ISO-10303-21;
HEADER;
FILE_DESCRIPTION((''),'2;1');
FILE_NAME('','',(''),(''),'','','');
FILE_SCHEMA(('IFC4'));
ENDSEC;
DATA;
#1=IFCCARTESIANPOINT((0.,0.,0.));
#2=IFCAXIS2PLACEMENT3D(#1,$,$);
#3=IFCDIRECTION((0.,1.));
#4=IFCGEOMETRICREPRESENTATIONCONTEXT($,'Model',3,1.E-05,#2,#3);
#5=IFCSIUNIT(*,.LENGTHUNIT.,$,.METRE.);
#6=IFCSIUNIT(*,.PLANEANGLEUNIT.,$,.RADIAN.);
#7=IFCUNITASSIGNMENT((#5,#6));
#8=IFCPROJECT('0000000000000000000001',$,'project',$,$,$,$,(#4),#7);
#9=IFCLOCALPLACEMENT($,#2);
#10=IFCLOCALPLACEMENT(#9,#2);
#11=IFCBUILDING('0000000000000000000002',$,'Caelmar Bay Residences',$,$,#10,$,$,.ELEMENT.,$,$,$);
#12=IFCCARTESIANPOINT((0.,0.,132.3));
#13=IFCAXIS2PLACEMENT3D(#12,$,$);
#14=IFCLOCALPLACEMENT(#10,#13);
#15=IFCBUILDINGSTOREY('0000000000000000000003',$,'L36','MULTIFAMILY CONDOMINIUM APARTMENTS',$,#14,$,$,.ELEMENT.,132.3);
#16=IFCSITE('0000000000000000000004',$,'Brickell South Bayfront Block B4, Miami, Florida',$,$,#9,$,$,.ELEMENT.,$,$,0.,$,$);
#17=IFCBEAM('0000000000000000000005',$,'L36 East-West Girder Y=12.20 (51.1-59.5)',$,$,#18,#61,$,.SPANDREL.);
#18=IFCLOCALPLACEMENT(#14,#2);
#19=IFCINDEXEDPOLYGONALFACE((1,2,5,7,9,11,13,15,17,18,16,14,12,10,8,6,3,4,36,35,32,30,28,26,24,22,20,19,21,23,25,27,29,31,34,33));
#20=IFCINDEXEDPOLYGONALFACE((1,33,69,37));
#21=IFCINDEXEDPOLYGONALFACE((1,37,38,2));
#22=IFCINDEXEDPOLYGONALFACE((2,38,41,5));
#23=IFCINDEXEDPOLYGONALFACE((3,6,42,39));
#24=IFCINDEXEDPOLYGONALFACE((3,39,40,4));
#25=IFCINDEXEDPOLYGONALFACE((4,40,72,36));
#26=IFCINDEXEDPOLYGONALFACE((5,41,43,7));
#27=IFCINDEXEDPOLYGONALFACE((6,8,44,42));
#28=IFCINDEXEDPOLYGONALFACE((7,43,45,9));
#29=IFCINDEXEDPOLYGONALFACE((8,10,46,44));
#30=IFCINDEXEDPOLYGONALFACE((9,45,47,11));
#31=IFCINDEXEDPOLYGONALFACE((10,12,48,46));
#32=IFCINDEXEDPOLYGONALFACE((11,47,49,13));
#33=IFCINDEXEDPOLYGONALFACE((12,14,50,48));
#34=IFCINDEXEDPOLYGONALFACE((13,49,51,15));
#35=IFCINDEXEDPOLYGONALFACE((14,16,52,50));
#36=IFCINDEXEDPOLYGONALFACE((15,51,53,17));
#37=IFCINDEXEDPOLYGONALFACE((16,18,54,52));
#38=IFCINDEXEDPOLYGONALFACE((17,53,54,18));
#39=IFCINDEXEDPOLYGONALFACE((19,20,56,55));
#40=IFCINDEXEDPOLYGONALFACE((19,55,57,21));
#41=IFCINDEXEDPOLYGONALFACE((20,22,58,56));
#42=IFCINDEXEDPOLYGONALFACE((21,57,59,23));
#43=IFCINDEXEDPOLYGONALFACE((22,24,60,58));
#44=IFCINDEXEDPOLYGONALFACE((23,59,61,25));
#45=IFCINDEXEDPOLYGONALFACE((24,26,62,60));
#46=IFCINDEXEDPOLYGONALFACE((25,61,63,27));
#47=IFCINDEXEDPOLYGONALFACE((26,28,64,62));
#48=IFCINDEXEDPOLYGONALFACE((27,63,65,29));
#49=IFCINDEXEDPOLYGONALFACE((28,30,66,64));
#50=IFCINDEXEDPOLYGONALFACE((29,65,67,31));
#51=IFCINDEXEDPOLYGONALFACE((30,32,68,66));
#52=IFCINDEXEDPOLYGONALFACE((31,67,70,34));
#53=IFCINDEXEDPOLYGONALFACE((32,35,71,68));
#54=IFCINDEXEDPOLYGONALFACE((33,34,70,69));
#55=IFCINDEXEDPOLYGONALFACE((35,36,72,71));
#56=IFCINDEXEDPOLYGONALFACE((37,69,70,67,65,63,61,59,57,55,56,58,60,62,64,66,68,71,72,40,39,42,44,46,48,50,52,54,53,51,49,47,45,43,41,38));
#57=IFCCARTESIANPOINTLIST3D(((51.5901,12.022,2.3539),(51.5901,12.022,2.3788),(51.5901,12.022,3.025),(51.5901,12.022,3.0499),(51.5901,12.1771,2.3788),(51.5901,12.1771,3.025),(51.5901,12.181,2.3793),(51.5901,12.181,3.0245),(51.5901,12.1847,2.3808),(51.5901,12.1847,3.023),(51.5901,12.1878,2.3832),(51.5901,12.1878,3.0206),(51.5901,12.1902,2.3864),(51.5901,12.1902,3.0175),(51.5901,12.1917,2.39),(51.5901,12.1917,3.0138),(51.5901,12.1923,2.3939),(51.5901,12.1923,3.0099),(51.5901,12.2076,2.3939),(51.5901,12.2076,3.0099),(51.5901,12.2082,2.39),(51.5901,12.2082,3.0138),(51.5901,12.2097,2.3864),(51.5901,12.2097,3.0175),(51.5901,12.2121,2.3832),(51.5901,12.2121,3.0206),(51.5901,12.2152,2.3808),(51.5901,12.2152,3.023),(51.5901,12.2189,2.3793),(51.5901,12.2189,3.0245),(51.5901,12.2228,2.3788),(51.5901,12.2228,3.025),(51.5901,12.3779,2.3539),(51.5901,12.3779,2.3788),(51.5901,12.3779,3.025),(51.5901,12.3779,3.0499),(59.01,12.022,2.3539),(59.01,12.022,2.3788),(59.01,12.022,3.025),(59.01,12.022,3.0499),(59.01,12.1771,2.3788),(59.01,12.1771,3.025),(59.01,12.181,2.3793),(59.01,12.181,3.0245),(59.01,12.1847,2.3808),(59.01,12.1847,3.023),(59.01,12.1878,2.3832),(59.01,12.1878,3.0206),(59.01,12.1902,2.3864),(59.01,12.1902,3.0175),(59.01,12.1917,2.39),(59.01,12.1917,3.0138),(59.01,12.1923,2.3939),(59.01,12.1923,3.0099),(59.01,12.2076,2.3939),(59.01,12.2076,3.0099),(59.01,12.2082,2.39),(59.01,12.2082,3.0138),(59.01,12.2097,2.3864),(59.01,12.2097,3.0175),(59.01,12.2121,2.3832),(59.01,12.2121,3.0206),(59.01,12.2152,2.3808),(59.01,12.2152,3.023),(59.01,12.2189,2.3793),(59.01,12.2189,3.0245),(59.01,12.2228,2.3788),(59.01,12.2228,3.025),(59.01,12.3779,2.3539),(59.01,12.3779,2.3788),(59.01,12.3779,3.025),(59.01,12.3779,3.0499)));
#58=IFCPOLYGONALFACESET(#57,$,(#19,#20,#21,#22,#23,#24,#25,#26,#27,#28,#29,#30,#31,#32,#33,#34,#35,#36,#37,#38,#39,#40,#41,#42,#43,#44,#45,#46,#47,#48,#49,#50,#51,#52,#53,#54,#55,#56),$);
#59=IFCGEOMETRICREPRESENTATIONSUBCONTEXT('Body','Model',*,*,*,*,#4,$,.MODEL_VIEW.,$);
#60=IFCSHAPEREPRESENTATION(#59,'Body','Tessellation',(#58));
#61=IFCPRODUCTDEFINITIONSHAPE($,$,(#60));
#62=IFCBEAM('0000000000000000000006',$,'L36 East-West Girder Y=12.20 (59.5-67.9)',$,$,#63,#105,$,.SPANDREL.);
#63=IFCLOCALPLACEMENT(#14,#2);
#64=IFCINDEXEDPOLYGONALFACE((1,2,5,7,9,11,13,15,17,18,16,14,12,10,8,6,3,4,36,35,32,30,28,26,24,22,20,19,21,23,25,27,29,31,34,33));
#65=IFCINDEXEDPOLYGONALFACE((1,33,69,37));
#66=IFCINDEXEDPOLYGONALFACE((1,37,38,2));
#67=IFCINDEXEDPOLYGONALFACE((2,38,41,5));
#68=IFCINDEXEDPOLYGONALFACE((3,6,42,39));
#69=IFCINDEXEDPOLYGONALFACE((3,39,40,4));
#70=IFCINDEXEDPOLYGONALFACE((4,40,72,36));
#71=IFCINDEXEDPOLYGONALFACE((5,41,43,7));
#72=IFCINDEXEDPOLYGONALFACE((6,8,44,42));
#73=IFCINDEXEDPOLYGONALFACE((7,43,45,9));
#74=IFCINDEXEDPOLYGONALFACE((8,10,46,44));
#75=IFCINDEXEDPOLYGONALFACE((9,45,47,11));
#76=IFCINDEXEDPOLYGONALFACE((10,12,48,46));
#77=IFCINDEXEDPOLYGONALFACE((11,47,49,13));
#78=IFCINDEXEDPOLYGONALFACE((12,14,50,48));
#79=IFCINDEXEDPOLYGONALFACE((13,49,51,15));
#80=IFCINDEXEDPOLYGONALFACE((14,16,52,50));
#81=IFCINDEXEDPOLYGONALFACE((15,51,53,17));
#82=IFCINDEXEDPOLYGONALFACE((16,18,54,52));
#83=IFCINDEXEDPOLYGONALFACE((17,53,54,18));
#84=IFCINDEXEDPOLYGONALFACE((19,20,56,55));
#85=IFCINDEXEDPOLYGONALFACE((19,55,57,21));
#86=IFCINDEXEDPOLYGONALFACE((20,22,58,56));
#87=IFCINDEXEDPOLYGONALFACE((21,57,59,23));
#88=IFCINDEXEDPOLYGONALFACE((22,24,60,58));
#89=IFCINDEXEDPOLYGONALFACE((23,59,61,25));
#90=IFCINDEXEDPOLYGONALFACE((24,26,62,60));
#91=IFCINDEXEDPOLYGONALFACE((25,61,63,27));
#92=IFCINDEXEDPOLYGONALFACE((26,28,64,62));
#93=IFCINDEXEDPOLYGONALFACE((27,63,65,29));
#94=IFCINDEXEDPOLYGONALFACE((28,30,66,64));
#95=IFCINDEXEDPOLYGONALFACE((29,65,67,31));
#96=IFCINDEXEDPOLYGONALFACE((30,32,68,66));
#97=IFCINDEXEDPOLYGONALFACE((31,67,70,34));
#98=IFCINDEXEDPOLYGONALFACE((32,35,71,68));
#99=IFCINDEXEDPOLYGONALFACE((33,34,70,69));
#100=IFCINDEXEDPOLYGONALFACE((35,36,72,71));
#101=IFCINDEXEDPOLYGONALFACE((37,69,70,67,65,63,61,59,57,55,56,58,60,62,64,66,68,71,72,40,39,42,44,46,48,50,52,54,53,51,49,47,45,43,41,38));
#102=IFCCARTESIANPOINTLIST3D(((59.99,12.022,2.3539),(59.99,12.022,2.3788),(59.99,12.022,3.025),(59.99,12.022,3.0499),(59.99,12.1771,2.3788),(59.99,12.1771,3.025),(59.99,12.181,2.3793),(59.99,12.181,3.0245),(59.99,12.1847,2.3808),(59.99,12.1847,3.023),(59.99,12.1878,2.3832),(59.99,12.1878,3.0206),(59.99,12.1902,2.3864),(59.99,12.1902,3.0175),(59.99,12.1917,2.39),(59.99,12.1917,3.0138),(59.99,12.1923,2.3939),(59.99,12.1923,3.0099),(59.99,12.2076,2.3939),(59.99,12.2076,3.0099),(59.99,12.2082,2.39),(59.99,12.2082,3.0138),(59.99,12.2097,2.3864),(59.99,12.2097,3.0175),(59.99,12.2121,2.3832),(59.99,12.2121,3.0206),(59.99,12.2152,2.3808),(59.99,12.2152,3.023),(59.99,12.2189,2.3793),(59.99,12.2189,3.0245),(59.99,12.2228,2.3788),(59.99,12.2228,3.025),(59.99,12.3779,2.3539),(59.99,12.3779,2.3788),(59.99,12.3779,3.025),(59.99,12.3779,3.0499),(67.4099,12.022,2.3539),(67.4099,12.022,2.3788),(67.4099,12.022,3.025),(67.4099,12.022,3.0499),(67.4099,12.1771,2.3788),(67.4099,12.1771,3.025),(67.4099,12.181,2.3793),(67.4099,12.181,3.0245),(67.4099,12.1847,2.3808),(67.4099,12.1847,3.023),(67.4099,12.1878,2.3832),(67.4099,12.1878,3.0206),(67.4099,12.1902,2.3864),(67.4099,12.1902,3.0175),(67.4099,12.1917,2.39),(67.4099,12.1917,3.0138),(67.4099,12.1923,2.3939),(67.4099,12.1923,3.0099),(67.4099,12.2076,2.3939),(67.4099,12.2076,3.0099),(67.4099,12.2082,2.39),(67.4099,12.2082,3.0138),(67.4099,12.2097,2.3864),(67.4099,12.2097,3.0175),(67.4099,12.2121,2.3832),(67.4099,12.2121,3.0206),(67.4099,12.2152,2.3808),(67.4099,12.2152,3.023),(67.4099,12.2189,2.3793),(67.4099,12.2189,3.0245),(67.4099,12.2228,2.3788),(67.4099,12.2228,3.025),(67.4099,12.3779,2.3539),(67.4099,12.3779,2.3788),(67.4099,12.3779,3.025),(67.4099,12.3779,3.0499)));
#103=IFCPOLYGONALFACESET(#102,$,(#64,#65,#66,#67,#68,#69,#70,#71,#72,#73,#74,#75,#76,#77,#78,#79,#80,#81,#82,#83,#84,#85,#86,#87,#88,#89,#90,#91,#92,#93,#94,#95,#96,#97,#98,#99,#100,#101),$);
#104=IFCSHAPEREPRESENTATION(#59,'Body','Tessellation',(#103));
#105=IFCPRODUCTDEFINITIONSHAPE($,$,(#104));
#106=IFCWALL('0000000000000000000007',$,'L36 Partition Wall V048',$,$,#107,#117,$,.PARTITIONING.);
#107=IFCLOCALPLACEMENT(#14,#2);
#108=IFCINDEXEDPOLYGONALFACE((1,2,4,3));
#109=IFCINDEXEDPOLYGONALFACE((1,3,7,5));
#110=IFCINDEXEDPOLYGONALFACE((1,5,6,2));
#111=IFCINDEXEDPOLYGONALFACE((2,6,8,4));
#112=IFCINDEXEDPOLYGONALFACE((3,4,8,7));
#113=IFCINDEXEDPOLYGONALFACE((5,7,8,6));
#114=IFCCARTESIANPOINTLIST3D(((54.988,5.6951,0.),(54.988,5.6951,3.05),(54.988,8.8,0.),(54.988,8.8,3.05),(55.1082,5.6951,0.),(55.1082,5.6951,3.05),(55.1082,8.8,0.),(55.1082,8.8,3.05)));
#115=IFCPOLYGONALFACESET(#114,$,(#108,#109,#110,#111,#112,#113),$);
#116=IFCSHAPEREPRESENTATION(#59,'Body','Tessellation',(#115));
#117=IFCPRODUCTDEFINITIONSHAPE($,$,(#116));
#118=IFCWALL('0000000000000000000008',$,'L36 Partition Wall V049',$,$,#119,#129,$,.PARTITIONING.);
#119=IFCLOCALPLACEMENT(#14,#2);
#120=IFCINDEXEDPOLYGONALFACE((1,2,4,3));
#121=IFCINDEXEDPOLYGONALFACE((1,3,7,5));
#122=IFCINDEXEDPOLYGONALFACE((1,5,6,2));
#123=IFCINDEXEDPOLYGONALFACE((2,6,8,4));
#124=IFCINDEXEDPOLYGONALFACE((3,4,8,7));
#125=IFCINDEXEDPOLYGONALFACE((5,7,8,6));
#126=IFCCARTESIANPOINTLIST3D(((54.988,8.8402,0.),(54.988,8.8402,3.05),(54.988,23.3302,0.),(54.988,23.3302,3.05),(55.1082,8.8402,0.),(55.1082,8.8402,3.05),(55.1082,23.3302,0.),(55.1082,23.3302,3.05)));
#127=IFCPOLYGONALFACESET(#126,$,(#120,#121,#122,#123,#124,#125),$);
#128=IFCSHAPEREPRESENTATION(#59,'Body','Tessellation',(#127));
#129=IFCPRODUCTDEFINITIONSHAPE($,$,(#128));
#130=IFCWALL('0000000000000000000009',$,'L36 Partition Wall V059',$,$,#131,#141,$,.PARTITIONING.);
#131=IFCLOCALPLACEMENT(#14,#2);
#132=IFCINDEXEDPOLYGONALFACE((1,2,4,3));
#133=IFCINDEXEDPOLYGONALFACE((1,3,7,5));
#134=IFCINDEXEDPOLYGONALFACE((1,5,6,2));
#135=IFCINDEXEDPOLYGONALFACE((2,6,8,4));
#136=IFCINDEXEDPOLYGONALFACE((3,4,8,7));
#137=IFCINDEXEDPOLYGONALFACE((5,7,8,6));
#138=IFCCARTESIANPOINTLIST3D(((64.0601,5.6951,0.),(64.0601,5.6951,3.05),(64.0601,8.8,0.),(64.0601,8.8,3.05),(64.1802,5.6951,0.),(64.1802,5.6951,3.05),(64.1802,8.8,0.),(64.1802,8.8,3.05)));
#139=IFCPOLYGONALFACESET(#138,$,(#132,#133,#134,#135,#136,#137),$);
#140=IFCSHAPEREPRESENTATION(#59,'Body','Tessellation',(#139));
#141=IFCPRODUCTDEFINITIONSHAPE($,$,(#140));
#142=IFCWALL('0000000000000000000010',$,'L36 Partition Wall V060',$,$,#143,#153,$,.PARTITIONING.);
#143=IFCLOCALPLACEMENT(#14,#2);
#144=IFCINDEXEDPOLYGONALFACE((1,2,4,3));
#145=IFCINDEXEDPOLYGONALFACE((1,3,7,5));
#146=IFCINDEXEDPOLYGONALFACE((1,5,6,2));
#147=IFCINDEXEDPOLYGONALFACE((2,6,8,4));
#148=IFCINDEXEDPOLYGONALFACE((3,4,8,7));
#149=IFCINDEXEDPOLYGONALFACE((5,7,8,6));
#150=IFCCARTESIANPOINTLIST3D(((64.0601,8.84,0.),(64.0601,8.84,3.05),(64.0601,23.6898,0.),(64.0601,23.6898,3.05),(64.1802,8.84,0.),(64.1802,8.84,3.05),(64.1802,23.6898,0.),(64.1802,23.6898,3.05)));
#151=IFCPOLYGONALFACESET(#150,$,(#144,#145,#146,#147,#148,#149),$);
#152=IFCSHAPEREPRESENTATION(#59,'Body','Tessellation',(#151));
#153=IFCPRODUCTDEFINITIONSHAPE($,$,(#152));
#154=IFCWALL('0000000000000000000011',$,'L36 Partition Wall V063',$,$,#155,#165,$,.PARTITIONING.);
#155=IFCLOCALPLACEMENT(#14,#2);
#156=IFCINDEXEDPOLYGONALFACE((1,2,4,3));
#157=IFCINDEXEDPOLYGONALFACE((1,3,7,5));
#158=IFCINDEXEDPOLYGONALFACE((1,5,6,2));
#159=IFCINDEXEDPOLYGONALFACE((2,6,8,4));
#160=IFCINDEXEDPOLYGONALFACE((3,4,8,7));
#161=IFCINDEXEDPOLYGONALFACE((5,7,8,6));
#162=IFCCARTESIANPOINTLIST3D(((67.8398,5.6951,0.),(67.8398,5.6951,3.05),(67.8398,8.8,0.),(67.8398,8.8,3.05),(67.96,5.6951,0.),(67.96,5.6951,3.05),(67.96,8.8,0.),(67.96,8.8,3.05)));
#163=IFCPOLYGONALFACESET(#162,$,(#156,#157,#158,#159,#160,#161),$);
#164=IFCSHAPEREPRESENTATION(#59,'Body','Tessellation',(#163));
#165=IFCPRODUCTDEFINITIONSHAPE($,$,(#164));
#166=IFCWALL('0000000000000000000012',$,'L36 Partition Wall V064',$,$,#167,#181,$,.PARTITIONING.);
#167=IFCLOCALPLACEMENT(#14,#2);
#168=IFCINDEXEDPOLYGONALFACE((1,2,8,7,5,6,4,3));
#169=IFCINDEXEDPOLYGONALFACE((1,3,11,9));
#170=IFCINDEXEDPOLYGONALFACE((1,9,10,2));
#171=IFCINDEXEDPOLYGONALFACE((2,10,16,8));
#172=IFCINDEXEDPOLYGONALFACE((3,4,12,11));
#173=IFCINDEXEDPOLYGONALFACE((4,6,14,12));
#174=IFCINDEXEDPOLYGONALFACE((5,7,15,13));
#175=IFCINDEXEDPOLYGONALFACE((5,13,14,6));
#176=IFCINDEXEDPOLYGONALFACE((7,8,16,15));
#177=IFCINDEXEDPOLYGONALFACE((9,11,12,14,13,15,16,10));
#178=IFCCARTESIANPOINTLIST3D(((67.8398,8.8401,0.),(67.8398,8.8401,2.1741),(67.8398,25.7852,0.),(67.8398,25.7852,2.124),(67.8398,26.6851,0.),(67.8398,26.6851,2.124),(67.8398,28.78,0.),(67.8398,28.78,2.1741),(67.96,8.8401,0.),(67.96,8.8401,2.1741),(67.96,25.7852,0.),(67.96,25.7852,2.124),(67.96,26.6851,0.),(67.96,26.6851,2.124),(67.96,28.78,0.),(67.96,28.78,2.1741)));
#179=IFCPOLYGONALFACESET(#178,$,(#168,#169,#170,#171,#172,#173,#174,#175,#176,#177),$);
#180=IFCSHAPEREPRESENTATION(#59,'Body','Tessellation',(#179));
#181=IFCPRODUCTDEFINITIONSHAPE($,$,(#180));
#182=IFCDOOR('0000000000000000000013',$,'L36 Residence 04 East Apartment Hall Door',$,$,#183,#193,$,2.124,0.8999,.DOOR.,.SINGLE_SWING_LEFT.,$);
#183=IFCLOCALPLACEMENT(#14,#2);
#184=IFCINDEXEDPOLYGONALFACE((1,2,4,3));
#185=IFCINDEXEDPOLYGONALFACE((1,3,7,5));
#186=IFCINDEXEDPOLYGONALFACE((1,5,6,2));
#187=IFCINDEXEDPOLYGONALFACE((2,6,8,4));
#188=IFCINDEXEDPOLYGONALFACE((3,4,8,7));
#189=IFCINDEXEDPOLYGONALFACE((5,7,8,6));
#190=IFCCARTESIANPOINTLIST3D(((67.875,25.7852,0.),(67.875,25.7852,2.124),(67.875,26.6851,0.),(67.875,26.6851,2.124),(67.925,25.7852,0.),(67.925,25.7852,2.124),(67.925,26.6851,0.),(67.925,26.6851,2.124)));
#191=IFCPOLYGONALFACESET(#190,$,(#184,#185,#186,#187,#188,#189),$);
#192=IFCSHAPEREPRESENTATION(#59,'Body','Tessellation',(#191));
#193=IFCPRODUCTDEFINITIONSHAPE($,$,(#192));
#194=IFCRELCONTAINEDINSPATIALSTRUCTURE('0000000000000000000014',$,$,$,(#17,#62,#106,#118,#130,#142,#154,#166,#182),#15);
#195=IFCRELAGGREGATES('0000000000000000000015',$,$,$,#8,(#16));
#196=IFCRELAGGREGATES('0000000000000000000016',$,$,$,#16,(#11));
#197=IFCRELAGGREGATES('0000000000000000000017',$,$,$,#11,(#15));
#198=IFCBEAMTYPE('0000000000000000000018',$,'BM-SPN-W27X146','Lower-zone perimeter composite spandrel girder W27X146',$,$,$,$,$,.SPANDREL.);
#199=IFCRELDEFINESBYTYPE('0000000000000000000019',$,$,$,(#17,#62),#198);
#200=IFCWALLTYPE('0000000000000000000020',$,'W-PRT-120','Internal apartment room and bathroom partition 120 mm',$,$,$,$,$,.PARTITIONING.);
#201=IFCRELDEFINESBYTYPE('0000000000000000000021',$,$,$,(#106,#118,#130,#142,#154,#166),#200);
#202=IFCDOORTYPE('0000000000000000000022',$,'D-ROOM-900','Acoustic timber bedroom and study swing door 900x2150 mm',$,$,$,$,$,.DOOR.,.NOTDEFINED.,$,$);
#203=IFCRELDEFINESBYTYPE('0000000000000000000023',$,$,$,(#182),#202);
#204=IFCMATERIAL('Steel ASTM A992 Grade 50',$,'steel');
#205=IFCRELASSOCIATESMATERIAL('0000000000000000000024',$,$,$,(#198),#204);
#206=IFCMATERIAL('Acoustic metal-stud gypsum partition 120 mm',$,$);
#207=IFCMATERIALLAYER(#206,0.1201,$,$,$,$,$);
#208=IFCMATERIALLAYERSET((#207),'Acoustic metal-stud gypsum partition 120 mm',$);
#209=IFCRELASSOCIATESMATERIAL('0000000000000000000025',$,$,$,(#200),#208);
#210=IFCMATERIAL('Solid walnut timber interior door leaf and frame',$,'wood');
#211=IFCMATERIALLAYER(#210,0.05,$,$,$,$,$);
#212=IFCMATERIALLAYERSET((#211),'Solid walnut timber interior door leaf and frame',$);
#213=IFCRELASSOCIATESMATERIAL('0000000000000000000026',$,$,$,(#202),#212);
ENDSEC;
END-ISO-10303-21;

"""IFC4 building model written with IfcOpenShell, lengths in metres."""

from ifc_helpers import new_model, si_unit, direction, frame, frame_2d, origin, origin_2d, place, context, subcontext, project, spatial, rectangle, i_section, extrude, material, layer, layer_set, material_profile, profile_set, type_object, element, fill, save


model = new_model("IFC4")

# Units and contexts
model_context = context("Model", 3, precision=1e-05, world=origin(), true_north=direction((0.0, 1.0)))
body_context = subcontext(model_context, "Body", "Model", "MODEL_VIEW")
ifc_project = project(units=[si_unit("LENGTHUNIT", "METRE"), si_unit("PLANEANGLEUNIT", "RADIAN")], contexts=[model_context])

# Site, building, storey
site_placement = place(None, origin())
site = spatial("IfcSite", under=ifc_project, at=site_placement, Name="Brickell South Bayfront Block B4, Miami, Florida", CompositionType="ELEMENT", RefElevation=0.0)
building_placement = place(site_placement, origin())
building = spatial("IfcBuilding", under=site, at=building_placement, Name="Caelmar Bay Residences", CompositionType="ELEMENT")
storey_placement = place(building_placement, frame((0.0, 0.0, 132.3)))
storey = spatial("IfcBuildingStorey", under=building, at=storey_placement, Name="L36", Description="MULTIFAMILY CONDOMINIUM APARTMENTS", CompositionType="ELEMENT", Elevation=132.3)

# Beams
ifc_material_1 = material(Name="Steel ASTM A992 Grade 50", Category="steel")
ifc_material_profile_1 = material_profile(ifc_material_1, i_section(OverallWidth=0.356, OverallDepth=0.696, WebThickness=0.0154, FlangeThickness=0.0249, FilletRadius=0.0151, at=origin_2d()), Name="W27X146")
ifc_profile_set_1 = profile_set([ifc_material_profile_1], Name="Steel ASTM A992 Grade 50")
beam_type_1 = type_object("IfcBeamType", Name="BM-SPN-W27X146", Description="Lower-zone perimeter composite spandrel girder W27X146", PredefinedType="SPANDREL", material=ifc_profile_set_1)
for number, where, z_axis, x_axis, name in (
    (1, (51.5901, 12.2, 2.7019), (1.0, 0.0, 0.0), (0.0, 1.0, 0.0), "L36 East-West Girder Y=12.20 (51.1-59.5)"),
    (2, (59.99, 12.2, 2.7019), (1.0, 0.0, 0.0), (0.0, 1.0, 0.0), "L36 East-West Girder Y=12.20 (59.5-67.9)"),
):
    element("IfcBeam", number, at=place(storey_placement, frame(where, z_axis=z_axis, x_axis=x_axis)), inside=storey, type_object=beam_type_1, Name=name, PredefinedType="SPANDREL", context=body_context, shape_type="SweptSolid", body=[
        extrude(i_section(OverallWidth=0.356, OverallDepth=0.696, WebThickness=0.0154, FlangeThickness=0.0249, FilletRadius=0.0151, at=origin_2d()), origin(), (0.0, 0.0, 1.0), 7.4199),
    ])

# Walls
ifc_material_2 = material(Name="Acoustic metal-stud gypsum partition 120 mm")
ifc_layer_1 = layer(ifc_material_2, 0.1201)
ifc_layer_set_1 = layer_set([ifc_layer_1], Name="Acoustic metal-stud gypsum partition 120 mm")
wall_type_1 = type_object("IfcWallType", Name="W-PRT-120", Description="Internal apartment room and bathroom partition 120 mm", PredefinedType="PARTITIONING", material=ifc_layer_set_1)
wall_1_placement = place(storey_placement, frame((55.0481, 5.6951, 0.0), z_axis=(0.0, 0.0, 1.0), x_axis=(0.0, 1.0, 0.0)))
element("IfcWall", 3, at=wall_1_placement, inside=storey, type_object=wall_type_1, Name="L36 Partition Wall V048", PredefinedType="PARTITIONING", context=body_context, shape_type="SweptSolid", body=[
    extrude(rectangle(XDim=3.105, YDim=0.1201, at=frame_2d((1.5525, 0.0))), origin(), (0.0, 0.0, 1.0), 3.05),
])
wall_2_placement = place(storey_placement, frame((55.0481, 8.8401, 0.0), z_axis=(0.0, 0.0, 1.0), x_axis=(0.0, 1.0, 0.0)))
element("IfcWall", 4, at=wall_2_placement, inside=storey, type_object=wall_type_1, Name="L36 Partition Wall V049", PredefinedType="PARTITIONING", context=body_context, shape_type="SweptSolid", body=[
    extrude(rectangle(XDim=14.49, YDim=0.1201, at=frame_2d((7.2451, 0.0))), origin(), (0.0, 0.0, 1.0), 3.05),
])
wall_3_placement = place(storey_placement, frame((64.1201, 5.6951, 0.0), z_axis=(0.0, 0.0, 1.0), x_axis=(0.0, 1.0, 0.0)))
element("IfcWall", 5, at=wall_3_placement, inside=storey, type_object=wall_type_1, Name="L36 Partition Wall V059", PredefinedType="PARTITIONING", context=body_context, shape_type="SweptSolid", body=[
    extrude(rectangle(XDim=3.105, YDim=0.1201, at=frame_2d((1.5525, 0.0))), origin(), (0.0, 0.0, 1.0), 3.05),
])
wall_4_placement = place(storey_placement, frame((64.1201, 8.8401, 0.0), z_axis=(0.0, 0.0, 1.0), x_axis=(0.0, 1.0, 0.0)))
element("IfcWall", 6, at=wall_4_placement, inside=storey, type_object=wall_type_1, Name="L36 Partition Wall V060", PredefinedType="PARTITIONING", context=body_context, shape_type="SweptSolid", body=[
    extrude(rectangle(XDim=14.8499, YDim=0.1201, at=frame_2d((7.4248, 0.0))), origin(), (0.0, 0.0, 1.0), 3.05),
])
wall_5_placement = place(storey_placement, frame((67.8999, 5.6951, 0.0), z_axis=(0.0, 0.0, 1.0), x_axis=(0.0, 1.0, 0.0)))
element("IfcWall", 7, at=wall_5_placement, inside=storey, type_object=wall_type_1, Name="L36 Partition Wall V063", PredefinedType="PARTITIONING", context=body_context, shape_type="SweptSolid", body=[
    extrude(rectangle(XDim=3.105, YDim=0.1201, at=frame_2d((1.5525, 0.0))), origin(), (0.0, 0.0, 1.0), 3.05),
])

# Wall, opening, door
wall_6_placement = place(storey_placement, frame((67.8999, 8.8401, 0.0), z_axis=(0.0, 0.0, 1.0), x_axis=(0.0, 1.0, 0.0)))
wall_6 = element("IfcWall", 8, at=wall_6_placement, inside=storey, type_object=wall_type_1, Name="L36 Partition Wall V064", PredefinedType="PARTITIONING", context=body_context, shape_type="SweptSolid", body=[
    extrude(rectangle(XDim=19.9399, YDim=0.1201, at=frame_2d((9.97, 0.0))), origin(), (0.0, 0.0, 1.0), 2.1741),
])
opening_1_placement = place(wall_6_placement, frame((16.9451, 0.0, 0.0)))
opening_1 = element("IfcOpeningElement", 9, at=opening_1_placement, cuts=wall_6, PredefinedType="OPENING", context=body_context, shape_type="SweptSolid", body=[
    extrude(rectangle(XDim=0.8999, YDim=2.124, at=frame_2d((0.45, 1.062))), frame((0.0, 0.0701, 0.0), z_axis=(0.0, -1.0, 0.0), x_axis=(1.0, 0.0, 0.0)), (0.0, 0.0, 1.0), 0.1401),
])
ifc_material_3 = material(Name="Solid walnut timber interior door leaf and frame", Category="wood")
ifc_layer_2 = layer(ifc_material_3, 0.05)
ifc_layer_set_2 = layer_set([ifc_layer_2], Name="Solid walnut timber interior door leaf and frame")
door_type = type_object("IfcDoorType", Name="D-ROOM-900", Description="Acoustic timber bedroom and study swing door 900x2150 mm", OperationType="NOTDEFINED", PredefinedType="DOOR", material=ifc_layer_set_2)
door_1_placement = place(opening_1_placement, origin())
door_1 = element("IfcDoor", 10, at=door_1_placement, inside=storey, type_object=door_type, Name="L36 Residence 04 East Apartment Hall Door", OperationType="SINGLE_SWING_LEFT", OverallHeight=2.124, OverallWidth=0.8999, PredefinedType="DOOR", context=body_context, shape_type="SweptSolid", body=[
    extrude(rectangle(XDim=0.8999, YDim=2.124, at=frame_2d((0.45, 1.062))), frame((0.0, 0.0249, 0.0), z_axis=(0.0, -1.0, 0.0), x_axis=(1.0, 0.0, 0.0)), (0.0, 0.0, 1.0), 0.05),
])
fill(opening_1, door_1)

save(model, "model.ifc")
